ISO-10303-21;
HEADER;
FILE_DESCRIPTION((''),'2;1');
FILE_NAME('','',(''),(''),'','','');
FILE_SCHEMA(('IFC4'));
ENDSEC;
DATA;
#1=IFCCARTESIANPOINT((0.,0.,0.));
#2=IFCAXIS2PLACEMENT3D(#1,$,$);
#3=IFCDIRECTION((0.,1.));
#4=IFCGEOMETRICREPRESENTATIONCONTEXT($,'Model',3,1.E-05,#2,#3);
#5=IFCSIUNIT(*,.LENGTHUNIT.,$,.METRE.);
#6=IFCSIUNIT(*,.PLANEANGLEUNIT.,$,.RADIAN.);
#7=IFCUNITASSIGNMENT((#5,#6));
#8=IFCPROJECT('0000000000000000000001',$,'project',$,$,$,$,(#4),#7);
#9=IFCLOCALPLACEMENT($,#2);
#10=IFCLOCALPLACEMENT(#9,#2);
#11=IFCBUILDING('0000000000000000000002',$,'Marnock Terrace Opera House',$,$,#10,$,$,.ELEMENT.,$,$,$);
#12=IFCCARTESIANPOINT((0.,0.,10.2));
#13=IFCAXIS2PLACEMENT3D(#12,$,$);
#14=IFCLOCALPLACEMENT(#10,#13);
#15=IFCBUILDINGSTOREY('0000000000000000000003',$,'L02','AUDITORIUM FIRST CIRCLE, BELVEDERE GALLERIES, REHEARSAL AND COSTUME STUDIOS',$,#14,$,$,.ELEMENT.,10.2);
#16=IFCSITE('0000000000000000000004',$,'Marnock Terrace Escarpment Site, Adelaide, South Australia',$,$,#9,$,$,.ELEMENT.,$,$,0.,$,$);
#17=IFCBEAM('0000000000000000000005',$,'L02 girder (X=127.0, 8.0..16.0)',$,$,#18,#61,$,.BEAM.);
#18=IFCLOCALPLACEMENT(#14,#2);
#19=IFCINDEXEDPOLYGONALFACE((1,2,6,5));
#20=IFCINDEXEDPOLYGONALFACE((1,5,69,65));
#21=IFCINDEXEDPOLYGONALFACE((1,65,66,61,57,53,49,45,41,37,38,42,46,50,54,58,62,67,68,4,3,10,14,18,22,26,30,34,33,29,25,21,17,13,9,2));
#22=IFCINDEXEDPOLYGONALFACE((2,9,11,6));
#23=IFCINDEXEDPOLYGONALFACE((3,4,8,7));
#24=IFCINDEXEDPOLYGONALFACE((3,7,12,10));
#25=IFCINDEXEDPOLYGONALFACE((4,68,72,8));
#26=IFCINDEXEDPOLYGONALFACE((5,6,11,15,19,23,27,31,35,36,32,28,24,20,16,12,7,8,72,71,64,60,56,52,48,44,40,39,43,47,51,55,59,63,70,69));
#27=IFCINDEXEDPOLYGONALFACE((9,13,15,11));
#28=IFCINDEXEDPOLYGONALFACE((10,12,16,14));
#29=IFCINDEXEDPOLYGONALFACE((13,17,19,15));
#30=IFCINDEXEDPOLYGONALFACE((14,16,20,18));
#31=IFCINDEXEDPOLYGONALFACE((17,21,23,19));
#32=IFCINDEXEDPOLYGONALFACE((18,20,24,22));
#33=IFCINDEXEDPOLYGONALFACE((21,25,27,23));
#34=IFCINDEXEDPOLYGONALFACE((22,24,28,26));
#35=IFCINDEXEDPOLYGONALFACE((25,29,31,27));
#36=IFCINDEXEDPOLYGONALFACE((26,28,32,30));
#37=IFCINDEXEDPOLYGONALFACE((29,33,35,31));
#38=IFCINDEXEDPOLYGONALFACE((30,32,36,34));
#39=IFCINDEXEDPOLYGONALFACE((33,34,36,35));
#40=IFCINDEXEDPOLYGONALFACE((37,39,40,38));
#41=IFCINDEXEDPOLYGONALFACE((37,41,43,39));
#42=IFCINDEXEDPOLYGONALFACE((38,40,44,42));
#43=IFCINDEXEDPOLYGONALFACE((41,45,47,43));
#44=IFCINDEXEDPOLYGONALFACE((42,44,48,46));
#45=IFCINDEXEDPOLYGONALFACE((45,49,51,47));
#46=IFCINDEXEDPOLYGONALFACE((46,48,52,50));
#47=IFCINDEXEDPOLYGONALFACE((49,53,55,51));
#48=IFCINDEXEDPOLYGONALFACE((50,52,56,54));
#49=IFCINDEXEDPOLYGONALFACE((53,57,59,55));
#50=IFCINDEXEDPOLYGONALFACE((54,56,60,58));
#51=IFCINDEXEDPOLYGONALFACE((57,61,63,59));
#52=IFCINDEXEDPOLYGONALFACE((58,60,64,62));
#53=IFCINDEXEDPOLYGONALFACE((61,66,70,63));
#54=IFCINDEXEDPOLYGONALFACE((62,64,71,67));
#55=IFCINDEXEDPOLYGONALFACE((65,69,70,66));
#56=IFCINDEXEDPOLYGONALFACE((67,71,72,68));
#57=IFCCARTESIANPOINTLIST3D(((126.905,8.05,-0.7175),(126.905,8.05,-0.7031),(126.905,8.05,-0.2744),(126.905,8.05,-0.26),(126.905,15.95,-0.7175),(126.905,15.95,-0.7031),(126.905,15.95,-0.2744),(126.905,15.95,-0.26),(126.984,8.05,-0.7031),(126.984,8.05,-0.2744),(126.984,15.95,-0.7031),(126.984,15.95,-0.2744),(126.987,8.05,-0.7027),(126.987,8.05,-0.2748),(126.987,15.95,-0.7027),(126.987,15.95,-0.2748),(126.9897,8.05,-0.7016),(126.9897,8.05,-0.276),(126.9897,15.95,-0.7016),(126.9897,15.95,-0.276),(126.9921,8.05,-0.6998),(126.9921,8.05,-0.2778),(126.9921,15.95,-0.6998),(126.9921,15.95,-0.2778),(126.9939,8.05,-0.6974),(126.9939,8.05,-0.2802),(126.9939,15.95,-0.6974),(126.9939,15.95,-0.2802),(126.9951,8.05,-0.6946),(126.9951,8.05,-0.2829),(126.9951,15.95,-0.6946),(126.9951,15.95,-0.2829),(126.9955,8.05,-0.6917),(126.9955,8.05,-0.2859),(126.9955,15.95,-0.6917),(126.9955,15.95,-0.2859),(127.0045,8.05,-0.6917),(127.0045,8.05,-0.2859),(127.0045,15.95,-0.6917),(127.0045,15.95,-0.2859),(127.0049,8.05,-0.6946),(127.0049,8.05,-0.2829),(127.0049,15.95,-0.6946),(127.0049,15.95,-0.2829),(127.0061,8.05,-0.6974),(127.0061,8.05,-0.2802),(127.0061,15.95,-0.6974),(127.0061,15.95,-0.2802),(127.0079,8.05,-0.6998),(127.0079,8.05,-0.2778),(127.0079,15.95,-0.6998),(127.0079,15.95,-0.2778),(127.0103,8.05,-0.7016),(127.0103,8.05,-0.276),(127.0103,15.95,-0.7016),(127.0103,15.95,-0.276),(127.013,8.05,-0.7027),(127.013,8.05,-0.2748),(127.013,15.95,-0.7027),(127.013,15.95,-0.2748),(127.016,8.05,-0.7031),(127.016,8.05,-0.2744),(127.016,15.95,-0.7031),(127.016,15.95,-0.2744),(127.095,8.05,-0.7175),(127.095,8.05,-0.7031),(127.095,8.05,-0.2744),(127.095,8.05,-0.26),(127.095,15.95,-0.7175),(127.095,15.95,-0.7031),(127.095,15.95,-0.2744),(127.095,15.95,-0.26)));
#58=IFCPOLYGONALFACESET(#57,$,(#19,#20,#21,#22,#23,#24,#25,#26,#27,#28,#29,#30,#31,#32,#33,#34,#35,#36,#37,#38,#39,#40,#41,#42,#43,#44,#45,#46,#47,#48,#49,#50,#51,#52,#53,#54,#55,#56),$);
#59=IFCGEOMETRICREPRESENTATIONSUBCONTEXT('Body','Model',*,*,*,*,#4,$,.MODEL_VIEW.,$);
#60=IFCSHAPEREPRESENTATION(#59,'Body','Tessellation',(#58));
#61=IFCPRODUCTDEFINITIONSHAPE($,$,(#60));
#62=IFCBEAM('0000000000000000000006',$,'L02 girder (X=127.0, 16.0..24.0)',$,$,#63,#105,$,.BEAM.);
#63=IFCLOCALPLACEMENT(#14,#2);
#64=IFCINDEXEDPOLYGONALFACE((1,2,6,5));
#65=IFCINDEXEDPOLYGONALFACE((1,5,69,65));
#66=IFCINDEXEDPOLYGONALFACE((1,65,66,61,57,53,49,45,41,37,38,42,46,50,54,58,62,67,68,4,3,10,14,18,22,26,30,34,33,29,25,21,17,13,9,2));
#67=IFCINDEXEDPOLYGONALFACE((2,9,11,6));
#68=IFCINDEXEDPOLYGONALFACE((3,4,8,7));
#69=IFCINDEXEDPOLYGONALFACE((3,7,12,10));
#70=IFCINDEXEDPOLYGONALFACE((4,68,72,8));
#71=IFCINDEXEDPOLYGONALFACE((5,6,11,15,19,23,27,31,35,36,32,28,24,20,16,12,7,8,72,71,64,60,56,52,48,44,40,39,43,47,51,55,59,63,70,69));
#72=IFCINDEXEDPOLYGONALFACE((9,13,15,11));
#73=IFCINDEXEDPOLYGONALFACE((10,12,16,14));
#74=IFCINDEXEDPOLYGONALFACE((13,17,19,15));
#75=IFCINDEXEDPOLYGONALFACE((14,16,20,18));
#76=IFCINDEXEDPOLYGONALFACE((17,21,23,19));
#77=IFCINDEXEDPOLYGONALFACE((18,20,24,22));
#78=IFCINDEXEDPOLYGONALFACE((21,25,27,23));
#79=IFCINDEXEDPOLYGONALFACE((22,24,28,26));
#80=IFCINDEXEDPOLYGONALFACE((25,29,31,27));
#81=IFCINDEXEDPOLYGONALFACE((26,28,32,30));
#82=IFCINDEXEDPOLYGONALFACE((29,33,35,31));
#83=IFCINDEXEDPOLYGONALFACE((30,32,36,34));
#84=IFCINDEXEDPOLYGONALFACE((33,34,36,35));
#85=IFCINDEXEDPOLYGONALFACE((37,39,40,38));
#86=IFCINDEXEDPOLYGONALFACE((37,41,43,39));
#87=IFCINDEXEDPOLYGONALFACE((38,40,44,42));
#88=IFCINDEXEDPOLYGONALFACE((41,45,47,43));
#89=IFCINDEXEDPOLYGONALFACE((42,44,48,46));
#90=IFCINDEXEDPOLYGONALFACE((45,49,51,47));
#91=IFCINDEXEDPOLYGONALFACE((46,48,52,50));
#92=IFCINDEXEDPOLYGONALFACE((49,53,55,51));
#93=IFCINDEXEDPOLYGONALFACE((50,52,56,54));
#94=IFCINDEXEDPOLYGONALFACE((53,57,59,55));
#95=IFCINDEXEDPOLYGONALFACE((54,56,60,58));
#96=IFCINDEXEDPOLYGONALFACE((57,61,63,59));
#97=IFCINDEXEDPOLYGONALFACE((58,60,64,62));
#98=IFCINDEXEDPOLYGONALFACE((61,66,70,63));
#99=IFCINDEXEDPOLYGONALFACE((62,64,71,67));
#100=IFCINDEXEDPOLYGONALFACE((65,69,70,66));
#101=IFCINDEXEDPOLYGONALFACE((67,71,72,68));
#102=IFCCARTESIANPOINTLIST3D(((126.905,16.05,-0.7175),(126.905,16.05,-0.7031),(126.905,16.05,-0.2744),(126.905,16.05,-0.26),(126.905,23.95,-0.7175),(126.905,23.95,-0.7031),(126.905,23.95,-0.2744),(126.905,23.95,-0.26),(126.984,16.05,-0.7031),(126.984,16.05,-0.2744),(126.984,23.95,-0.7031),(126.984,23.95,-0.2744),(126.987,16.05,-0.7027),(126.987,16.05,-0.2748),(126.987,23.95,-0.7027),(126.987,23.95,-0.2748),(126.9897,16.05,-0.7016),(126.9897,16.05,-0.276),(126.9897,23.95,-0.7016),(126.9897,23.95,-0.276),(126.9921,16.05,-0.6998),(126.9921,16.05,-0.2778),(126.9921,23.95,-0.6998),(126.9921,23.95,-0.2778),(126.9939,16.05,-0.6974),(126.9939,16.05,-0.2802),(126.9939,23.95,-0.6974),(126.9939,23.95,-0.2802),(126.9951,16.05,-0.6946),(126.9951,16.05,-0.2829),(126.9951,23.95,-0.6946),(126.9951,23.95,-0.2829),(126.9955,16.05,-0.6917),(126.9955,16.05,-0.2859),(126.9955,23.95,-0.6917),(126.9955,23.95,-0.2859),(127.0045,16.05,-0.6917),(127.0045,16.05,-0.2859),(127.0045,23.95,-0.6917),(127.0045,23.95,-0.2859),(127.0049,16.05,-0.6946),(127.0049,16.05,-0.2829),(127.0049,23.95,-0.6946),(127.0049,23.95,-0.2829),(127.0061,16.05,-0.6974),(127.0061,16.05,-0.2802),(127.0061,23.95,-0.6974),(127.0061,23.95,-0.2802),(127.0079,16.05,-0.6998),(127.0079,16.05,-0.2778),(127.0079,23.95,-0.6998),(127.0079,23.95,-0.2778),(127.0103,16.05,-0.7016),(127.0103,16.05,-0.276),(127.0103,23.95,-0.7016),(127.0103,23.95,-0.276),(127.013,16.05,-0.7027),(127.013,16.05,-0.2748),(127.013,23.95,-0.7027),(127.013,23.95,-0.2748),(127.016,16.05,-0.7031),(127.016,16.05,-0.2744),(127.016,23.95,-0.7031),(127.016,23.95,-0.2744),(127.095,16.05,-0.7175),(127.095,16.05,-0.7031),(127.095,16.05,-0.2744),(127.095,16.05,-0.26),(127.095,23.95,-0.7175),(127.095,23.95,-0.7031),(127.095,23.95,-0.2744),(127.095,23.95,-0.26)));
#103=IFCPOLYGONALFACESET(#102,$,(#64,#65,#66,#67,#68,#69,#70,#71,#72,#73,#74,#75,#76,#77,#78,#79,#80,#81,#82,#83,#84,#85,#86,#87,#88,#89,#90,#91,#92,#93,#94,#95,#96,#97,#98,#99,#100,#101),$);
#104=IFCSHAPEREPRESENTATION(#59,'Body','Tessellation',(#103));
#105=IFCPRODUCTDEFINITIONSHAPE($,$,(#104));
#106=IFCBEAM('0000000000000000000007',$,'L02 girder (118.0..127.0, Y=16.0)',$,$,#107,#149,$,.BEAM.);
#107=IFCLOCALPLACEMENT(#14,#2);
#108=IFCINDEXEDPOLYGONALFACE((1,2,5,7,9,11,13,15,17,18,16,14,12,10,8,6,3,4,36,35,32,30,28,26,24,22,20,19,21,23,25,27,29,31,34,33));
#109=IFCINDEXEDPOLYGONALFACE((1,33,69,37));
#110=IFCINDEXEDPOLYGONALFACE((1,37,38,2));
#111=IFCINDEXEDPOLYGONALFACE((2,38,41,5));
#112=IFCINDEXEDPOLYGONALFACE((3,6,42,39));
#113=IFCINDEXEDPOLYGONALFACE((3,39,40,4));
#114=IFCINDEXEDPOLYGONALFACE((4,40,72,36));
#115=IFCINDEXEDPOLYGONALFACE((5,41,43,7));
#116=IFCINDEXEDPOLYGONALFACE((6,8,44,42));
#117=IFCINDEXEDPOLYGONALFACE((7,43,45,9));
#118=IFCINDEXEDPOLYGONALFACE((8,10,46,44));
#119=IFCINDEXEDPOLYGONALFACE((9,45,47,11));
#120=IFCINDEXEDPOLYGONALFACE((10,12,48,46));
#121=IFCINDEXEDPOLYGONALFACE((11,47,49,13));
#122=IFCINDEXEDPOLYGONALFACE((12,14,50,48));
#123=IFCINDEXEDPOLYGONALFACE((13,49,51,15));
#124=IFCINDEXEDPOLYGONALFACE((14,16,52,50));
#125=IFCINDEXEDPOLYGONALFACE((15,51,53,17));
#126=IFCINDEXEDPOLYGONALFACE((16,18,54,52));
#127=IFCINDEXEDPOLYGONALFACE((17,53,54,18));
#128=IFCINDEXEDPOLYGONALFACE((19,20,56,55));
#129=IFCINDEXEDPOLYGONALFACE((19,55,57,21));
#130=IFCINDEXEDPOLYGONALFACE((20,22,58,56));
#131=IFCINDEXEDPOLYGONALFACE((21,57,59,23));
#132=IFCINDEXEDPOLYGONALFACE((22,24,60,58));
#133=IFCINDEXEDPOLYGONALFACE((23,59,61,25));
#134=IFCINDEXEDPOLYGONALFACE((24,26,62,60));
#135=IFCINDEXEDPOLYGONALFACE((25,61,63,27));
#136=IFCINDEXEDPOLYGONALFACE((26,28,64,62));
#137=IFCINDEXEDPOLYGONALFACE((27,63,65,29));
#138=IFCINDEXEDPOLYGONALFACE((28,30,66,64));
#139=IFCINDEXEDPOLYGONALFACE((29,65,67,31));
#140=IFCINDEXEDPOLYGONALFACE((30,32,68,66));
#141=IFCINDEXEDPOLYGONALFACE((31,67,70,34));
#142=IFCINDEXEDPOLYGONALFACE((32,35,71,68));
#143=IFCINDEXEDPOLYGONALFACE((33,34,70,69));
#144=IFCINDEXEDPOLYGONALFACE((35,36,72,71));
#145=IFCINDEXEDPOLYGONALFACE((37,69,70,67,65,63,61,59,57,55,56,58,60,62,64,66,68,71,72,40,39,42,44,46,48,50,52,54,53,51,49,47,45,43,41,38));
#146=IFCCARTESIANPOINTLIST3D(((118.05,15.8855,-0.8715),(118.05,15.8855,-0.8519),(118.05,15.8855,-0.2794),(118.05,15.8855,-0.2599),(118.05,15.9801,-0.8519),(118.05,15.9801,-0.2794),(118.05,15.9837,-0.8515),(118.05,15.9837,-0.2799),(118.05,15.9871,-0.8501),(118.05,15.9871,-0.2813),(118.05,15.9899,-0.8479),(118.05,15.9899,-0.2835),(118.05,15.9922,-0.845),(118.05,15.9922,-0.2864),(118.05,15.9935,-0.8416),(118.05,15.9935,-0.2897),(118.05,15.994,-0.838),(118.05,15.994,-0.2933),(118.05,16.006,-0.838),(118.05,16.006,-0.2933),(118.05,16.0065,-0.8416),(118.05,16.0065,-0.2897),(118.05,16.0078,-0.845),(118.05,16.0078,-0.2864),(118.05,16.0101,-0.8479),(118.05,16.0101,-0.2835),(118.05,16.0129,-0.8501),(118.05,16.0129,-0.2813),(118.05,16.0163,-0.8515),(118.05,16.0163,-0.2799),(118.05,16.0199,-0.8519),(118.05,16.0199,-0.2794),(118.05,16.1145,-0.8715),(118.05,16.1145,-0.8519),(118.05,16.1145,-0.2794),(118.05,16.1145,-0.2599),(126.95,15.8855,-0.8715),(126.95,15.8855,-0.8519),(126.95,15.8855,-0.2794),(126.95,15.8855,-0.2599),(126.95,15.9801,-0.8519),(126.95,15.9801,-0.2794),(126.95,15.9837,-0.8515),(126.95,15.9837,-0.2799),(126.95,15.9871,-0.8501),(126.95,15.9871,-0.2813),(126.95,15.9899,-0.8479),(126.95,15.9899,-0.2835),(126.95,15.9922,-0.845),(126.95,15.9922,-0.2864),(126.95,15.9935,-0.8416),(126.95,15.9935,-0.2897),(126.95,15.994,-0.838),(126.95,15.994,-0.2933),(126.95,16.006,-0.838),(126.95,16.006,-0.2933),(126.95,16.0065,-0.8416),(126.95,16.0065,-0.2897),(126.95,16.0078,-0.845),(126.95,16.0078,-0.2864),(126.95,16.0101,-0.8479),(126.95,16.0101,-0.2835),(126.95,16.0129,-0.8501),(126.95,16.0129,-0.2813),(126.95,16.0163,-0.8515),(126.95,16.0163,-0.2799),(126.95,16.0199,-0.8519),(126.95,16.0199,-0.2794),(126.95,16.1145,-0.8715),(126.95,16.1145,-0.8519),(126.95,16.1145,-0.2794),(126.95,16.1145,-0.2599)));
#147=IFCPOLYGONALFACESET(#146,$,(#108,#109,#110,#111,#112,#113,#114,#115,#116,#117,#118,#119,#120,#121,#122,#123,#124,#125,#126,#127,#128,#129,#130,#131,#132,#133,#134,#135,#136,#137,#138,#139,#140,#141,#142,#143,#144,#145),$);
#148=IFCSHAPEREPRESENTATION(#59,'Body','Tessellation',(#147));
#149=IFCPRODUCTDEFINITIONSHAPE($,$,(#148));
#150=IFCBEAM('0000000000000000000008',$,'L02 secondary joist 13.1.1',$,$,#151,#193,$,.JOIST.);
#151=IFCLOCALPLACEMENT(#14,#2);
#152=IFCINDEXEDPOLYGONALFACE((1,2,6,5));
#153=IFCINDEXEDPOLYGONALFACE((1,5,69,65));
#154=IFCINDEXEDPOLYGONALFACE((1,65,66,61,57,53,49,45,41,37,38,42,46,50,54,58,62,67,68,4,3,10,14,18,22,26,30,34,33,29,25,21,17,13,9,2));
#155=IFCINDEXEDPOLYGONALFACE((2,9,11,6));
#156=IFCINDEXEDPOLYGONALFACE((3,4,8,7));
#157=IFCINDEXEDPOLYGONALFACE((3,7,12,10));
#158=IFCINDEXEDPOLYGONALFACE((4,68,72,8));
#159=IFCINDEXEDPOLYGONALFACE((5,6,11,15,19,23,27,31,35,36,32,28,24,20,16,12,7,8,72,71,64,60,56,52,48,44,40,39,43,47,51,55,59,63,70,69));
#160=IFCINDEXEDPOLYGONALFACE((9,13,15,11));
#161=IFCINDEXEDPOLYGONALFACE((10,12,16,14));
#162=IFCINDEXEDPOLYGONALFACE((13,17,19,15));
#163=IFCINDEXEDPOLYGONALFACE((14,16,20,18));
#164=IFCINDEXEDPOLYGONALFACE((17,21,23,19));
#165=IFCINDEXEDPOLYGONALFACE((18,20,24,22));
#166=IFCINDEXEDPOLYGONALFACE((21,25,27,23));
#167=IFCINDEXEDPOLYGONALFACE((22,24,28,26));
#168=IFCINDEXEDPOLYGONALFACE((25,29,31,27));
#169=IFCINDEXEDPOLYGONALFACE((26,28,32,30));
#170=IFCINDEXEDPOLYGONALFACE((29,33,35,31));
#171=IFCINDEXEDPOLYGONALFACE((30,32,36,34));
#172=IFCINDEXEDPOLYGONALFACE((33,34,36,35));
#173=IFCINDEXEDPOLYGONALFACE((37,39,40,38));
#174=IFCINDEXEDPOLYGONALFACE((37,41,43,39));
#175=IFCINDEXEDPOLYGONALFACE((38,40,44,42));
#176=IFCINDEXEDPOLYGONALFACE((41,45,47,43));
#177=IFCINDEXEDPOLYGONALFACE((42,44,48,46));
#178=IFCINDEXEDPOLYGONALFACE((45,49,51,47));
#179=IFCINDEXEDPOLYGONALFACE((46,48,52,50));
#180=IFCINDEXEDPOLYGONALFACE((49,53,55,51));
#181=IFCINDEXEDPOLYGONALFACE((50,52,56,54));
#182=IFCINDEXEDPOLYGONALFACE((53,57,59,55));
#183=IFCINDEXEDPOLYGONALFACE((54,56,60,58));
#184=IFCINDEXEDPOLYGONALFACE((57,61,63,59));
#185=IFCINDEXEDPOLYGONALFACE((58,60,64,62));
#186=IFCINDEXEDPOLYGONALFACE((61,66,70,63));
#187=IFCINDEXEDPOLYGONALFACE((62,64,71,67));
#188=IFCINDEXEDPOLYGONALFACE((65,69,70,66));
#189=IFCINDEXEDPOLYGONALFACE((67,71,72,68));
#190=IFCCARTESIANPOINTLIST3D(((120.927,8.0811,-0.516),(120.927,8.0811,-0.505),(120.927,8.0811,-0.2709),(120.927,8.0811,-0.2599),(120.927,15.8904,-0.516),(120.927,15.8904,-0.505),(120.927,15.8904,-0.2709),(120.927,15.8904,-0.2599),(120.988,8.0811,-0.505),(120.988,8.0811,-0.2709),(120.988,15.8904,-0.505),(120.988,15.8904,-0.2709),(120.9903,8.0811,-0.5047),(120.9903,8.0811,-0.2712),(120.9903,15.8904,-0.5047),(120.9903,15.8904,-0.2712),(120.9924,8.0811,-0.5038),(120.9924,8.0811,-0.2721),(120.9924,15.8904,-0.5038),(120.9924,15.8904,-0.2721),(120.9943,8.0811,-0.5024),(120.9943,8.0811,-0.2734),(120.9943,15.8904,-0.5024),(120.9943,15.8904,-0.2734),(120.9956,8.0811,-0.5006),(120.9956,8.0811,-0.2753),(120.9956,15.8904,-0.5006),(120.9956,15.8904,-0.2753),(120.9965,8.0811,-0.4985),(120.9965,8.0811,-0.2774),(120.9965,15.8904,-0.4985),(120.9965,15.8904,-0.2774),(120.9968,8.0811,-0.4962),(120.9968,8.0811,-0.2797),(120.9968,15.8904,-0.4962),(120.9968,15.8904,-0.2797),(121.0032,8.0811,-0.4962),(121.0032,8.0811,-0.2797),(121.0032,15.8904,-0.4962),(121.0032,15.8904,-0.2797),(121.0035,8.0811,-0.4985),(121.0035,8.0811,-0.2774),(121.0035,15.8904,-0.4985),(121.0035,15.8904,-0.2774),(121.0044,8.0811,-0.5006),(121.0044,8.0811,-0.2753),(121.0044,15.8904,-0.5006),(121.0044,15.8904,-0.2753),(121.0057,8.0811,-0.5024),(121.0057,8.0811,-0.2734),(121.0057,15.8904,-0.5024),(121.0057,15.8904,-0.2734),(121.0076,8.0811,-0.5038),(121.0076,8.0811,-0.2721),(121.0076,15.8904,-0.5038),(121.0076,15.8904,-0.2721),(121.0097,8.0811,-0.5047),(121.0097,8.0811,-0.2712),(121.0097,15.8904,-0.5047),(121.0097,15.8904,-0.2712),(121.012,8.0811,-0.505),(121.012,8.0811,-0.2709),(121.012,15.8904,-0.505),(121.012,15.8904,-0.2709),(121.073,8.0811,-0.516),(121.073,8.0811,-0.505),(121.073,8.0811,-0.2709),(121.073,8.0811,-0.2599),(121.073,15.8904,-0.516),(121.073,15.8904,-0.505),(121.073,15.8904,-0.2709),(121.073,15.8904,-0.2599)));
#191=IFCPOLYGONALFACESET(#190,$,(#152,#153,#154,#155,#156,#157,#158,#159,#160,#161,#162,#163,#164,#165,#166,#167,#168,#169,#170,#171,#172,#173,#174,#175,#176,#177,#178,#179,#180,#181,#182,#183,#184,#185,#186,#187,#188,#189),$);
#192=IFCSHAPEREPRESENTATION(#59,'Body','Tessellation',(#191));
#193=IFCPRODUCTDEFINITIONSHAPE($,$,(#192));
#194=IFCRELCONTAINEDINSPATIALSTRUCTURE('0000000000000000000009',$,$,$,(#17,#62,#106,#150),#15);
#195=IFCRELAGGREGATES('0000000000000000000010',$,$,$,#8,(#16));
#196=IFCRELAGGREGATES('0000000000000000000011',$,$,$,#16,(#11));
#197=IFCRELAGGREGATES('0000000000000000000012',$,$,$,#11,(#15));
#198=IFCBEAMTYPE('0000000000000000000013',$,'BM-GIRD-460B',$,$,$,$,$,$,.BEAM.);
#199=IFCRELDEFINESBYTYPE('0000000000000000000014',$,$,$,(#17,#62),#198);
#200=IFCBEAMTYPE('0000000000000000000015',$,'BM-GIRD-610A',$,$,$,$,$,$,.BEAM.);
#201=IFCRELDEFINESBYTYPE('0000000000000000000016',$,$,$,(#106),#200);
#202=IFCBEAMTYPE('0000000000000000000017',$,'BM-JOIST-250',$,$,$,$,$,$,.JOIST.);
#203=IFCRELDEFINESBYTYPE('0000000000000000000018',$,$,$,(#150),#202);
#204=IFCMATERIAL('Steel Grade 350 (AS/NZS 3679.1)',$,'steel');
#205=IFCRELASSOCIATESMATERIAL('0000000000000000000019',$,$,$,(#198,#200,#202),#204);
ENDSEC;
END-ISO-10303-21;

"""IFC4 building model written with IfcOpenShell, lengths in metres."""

from ifc_helpers import new_model, si_unit, direction, frame, origin, origin_2d, place, context, subcontext, project, spatial, i_section, extrude, material, material_profile, profile_set, type_object, element, save


model = new_model("IFC4")

# Units and contexts
model_context = context("Model", 3, precision=1e-05, world=origin(), true_north=direction((0.0, 1.0)))
body_context = subcontext(model_context, "Body", "Model", "MODEL_VIEW")
ifc_project = project(units=[si_unit("LENGTHUNIT", "METRE"), si_unit("PLANEANGLEUNIT", "RADIAN")], contexts=[model_context])

# Site, building, storey
site_placement = place(None, origin())
site = spatial("IfcSite", under=ifc_project, at=site_placement, Name="Marnock Terrace Escarpment Site, Adelaide, South Australia", CompositionType="ELEMENT", RefElevation=0.0)
building_placement = place(site_placement, origin())
building = spatial("IfcBuilding", under=site, at=building_placement, Name="Marnock Terrace Opera House", CompositionType="ELEMENT")
storey_placement = place(building_placement, frame((0.0, 0.0, 10.2)))
storey = spatial("IfcBuildingStorey", under=building, at=storey_placement, Name="L02", Description="AUDITORIUM FIRST CIRCLE, BELVEDERE GALLERIES, REHEARSAL AND COSTUME STUDIOS", CompositionType="ELEMENT", Elevation=10.2)

# Beams
ifc_material_1 = material(Name="Steel Grade 350 (AS/NZS 3679.1)", Category="steel")
ifc_material_profile_1 = material_profile(ifc_material_1, i_section(OverallWidth=0.1899, OverallDepth=0.4575, WebThickness=0.009, FlangeThickness=0.0144, FilletRadius=0.0115, at=origin_2d()))
ifc_profile_set_1 = profile_set([ifc_material_profile_1], Name="Steel Grade 350 (AS/NZS 3679.1)")
beam_type_1 = type_object("IfcBeamType", Name="BM-GIRD-460B", PredefinedType="BEAM", material=ifc_profile_set_1)
for number, where, z_axis, x_axis, name in (
    (1, (127.0, 8.05, -0.4888), (0.0, 1.0, 0.0), (-1.0, 0.0, 0.0), "L02 girder (X=127.0, 8.0..16.0)"),
    (2, (127.0, 16.05, -0.4888), (0.0, 1.0, 0.0), (-1.0, 0.0, 0.0), "L02 girder (X=127.0, 16.0..24.0)"),
):
    element("IfcBeam", number, at=place(storey_placement, frame(where, z_axis=z_axis, x_axis=x_axis)), inside=storey, type_object=beam_type_1, Name=name, PredefinedType="BEAM", context=body_context, shape_type="SweptSolid", body=[
        extrude(i_section(OverallWidth=0.1899, OverallDepth=0.4575, WebThickness=0.009, FlangeThickness=0.0144, FilletRadius=0.0115, at=origin_2d()), origin(), (0.0, 0.0, 1.0), 7.8999),
    ])
ifc_material_profile_2 = material_profile(ifc_material_1, i_section(OverallWidth=0.229, OverallDepth=0.6116, WebThickness=0.012, FlangeThickness=0.0195, FilletRadius=0.0139, at=origin_2d()))
ifc_profile_set_2 = profile_set([ifc_material_profile_2], Name="Steel Grade 350 (AS/NZS 3679.1)")
beam_type_2 = type_object("IfcBeamType", Name="BM-GIRD-610A", PredefinedType="BEAM", material=ifc_profile_set_2)
beam_1_placement = place(storey_placement, frame((118.05, 16.0, -0.5657), z_axis=(1.0, 0.0, 0.0), x_axis=(0.0, 1.0, 0.0)))
element("IfcBeam", 3, at=beam_1_placement, inside=storey, type_object=beam_type_2, Name="L02 girder (118.0..127.0, Y=16.0)", PredefinedType="BEAM", context=body_context, shape_type="SweptSolid", body=[
    extrude(i_section(OverallWidth=0.229, OverallDepth=0.6116, WebThickness=0.012, FlangeThickness=0.0195, FilletRadius=0.0139, at=origin_2d()), origin(), (0.0, 0.0, 1.0), 8.8999),
])
ifc_material_profile_3 = material_profile(ifc_material_1, i_section(OverallWidth=0.146, OverallDepth=0.2561, WebThickness=0.0063, FlangeThickness=0.011, FilletRadius=0.0088, at=origin_2d()))
ifc_profile_set_3 = profile_set([ifc_material_profile_3], Name="Steel Grade 350 (AS/NZS 3679.1)")
beam_type_3 = type_object("IfcBeamType", Name="BM-JOIST-250", PredefinedType="JOIST", material=ifc_profile_set_3)
for number, where, z_axis, x_axis, name in (
    (4, (121.0, 8.0811, -0.3879), (0.0, 1.0, 0.0), (-1.0, 0.0, 0.0), "L02 secondary joist 13.1.1"),
):
    element("IfcBeam", number, at=place(storey_placement, frame(where, z_axis=z_axis, x_axis=x_axis)), inside=storey, type_object=beam_type_3, Name=name, PredefinedType="JOIST", context=body_context, shape_type="SweptSolid", body=[
        extrude(i_section(OverallWidth=0.146, OverallDepth=0.2561, WebThickness=0.0063, FlangeThickness=0.011, FilletRadius=0.0088, at=origin_2d()), origin(), (0.0, 0.0, 1.0), 7.8093),
    ])

save(model, "model.ifc")
